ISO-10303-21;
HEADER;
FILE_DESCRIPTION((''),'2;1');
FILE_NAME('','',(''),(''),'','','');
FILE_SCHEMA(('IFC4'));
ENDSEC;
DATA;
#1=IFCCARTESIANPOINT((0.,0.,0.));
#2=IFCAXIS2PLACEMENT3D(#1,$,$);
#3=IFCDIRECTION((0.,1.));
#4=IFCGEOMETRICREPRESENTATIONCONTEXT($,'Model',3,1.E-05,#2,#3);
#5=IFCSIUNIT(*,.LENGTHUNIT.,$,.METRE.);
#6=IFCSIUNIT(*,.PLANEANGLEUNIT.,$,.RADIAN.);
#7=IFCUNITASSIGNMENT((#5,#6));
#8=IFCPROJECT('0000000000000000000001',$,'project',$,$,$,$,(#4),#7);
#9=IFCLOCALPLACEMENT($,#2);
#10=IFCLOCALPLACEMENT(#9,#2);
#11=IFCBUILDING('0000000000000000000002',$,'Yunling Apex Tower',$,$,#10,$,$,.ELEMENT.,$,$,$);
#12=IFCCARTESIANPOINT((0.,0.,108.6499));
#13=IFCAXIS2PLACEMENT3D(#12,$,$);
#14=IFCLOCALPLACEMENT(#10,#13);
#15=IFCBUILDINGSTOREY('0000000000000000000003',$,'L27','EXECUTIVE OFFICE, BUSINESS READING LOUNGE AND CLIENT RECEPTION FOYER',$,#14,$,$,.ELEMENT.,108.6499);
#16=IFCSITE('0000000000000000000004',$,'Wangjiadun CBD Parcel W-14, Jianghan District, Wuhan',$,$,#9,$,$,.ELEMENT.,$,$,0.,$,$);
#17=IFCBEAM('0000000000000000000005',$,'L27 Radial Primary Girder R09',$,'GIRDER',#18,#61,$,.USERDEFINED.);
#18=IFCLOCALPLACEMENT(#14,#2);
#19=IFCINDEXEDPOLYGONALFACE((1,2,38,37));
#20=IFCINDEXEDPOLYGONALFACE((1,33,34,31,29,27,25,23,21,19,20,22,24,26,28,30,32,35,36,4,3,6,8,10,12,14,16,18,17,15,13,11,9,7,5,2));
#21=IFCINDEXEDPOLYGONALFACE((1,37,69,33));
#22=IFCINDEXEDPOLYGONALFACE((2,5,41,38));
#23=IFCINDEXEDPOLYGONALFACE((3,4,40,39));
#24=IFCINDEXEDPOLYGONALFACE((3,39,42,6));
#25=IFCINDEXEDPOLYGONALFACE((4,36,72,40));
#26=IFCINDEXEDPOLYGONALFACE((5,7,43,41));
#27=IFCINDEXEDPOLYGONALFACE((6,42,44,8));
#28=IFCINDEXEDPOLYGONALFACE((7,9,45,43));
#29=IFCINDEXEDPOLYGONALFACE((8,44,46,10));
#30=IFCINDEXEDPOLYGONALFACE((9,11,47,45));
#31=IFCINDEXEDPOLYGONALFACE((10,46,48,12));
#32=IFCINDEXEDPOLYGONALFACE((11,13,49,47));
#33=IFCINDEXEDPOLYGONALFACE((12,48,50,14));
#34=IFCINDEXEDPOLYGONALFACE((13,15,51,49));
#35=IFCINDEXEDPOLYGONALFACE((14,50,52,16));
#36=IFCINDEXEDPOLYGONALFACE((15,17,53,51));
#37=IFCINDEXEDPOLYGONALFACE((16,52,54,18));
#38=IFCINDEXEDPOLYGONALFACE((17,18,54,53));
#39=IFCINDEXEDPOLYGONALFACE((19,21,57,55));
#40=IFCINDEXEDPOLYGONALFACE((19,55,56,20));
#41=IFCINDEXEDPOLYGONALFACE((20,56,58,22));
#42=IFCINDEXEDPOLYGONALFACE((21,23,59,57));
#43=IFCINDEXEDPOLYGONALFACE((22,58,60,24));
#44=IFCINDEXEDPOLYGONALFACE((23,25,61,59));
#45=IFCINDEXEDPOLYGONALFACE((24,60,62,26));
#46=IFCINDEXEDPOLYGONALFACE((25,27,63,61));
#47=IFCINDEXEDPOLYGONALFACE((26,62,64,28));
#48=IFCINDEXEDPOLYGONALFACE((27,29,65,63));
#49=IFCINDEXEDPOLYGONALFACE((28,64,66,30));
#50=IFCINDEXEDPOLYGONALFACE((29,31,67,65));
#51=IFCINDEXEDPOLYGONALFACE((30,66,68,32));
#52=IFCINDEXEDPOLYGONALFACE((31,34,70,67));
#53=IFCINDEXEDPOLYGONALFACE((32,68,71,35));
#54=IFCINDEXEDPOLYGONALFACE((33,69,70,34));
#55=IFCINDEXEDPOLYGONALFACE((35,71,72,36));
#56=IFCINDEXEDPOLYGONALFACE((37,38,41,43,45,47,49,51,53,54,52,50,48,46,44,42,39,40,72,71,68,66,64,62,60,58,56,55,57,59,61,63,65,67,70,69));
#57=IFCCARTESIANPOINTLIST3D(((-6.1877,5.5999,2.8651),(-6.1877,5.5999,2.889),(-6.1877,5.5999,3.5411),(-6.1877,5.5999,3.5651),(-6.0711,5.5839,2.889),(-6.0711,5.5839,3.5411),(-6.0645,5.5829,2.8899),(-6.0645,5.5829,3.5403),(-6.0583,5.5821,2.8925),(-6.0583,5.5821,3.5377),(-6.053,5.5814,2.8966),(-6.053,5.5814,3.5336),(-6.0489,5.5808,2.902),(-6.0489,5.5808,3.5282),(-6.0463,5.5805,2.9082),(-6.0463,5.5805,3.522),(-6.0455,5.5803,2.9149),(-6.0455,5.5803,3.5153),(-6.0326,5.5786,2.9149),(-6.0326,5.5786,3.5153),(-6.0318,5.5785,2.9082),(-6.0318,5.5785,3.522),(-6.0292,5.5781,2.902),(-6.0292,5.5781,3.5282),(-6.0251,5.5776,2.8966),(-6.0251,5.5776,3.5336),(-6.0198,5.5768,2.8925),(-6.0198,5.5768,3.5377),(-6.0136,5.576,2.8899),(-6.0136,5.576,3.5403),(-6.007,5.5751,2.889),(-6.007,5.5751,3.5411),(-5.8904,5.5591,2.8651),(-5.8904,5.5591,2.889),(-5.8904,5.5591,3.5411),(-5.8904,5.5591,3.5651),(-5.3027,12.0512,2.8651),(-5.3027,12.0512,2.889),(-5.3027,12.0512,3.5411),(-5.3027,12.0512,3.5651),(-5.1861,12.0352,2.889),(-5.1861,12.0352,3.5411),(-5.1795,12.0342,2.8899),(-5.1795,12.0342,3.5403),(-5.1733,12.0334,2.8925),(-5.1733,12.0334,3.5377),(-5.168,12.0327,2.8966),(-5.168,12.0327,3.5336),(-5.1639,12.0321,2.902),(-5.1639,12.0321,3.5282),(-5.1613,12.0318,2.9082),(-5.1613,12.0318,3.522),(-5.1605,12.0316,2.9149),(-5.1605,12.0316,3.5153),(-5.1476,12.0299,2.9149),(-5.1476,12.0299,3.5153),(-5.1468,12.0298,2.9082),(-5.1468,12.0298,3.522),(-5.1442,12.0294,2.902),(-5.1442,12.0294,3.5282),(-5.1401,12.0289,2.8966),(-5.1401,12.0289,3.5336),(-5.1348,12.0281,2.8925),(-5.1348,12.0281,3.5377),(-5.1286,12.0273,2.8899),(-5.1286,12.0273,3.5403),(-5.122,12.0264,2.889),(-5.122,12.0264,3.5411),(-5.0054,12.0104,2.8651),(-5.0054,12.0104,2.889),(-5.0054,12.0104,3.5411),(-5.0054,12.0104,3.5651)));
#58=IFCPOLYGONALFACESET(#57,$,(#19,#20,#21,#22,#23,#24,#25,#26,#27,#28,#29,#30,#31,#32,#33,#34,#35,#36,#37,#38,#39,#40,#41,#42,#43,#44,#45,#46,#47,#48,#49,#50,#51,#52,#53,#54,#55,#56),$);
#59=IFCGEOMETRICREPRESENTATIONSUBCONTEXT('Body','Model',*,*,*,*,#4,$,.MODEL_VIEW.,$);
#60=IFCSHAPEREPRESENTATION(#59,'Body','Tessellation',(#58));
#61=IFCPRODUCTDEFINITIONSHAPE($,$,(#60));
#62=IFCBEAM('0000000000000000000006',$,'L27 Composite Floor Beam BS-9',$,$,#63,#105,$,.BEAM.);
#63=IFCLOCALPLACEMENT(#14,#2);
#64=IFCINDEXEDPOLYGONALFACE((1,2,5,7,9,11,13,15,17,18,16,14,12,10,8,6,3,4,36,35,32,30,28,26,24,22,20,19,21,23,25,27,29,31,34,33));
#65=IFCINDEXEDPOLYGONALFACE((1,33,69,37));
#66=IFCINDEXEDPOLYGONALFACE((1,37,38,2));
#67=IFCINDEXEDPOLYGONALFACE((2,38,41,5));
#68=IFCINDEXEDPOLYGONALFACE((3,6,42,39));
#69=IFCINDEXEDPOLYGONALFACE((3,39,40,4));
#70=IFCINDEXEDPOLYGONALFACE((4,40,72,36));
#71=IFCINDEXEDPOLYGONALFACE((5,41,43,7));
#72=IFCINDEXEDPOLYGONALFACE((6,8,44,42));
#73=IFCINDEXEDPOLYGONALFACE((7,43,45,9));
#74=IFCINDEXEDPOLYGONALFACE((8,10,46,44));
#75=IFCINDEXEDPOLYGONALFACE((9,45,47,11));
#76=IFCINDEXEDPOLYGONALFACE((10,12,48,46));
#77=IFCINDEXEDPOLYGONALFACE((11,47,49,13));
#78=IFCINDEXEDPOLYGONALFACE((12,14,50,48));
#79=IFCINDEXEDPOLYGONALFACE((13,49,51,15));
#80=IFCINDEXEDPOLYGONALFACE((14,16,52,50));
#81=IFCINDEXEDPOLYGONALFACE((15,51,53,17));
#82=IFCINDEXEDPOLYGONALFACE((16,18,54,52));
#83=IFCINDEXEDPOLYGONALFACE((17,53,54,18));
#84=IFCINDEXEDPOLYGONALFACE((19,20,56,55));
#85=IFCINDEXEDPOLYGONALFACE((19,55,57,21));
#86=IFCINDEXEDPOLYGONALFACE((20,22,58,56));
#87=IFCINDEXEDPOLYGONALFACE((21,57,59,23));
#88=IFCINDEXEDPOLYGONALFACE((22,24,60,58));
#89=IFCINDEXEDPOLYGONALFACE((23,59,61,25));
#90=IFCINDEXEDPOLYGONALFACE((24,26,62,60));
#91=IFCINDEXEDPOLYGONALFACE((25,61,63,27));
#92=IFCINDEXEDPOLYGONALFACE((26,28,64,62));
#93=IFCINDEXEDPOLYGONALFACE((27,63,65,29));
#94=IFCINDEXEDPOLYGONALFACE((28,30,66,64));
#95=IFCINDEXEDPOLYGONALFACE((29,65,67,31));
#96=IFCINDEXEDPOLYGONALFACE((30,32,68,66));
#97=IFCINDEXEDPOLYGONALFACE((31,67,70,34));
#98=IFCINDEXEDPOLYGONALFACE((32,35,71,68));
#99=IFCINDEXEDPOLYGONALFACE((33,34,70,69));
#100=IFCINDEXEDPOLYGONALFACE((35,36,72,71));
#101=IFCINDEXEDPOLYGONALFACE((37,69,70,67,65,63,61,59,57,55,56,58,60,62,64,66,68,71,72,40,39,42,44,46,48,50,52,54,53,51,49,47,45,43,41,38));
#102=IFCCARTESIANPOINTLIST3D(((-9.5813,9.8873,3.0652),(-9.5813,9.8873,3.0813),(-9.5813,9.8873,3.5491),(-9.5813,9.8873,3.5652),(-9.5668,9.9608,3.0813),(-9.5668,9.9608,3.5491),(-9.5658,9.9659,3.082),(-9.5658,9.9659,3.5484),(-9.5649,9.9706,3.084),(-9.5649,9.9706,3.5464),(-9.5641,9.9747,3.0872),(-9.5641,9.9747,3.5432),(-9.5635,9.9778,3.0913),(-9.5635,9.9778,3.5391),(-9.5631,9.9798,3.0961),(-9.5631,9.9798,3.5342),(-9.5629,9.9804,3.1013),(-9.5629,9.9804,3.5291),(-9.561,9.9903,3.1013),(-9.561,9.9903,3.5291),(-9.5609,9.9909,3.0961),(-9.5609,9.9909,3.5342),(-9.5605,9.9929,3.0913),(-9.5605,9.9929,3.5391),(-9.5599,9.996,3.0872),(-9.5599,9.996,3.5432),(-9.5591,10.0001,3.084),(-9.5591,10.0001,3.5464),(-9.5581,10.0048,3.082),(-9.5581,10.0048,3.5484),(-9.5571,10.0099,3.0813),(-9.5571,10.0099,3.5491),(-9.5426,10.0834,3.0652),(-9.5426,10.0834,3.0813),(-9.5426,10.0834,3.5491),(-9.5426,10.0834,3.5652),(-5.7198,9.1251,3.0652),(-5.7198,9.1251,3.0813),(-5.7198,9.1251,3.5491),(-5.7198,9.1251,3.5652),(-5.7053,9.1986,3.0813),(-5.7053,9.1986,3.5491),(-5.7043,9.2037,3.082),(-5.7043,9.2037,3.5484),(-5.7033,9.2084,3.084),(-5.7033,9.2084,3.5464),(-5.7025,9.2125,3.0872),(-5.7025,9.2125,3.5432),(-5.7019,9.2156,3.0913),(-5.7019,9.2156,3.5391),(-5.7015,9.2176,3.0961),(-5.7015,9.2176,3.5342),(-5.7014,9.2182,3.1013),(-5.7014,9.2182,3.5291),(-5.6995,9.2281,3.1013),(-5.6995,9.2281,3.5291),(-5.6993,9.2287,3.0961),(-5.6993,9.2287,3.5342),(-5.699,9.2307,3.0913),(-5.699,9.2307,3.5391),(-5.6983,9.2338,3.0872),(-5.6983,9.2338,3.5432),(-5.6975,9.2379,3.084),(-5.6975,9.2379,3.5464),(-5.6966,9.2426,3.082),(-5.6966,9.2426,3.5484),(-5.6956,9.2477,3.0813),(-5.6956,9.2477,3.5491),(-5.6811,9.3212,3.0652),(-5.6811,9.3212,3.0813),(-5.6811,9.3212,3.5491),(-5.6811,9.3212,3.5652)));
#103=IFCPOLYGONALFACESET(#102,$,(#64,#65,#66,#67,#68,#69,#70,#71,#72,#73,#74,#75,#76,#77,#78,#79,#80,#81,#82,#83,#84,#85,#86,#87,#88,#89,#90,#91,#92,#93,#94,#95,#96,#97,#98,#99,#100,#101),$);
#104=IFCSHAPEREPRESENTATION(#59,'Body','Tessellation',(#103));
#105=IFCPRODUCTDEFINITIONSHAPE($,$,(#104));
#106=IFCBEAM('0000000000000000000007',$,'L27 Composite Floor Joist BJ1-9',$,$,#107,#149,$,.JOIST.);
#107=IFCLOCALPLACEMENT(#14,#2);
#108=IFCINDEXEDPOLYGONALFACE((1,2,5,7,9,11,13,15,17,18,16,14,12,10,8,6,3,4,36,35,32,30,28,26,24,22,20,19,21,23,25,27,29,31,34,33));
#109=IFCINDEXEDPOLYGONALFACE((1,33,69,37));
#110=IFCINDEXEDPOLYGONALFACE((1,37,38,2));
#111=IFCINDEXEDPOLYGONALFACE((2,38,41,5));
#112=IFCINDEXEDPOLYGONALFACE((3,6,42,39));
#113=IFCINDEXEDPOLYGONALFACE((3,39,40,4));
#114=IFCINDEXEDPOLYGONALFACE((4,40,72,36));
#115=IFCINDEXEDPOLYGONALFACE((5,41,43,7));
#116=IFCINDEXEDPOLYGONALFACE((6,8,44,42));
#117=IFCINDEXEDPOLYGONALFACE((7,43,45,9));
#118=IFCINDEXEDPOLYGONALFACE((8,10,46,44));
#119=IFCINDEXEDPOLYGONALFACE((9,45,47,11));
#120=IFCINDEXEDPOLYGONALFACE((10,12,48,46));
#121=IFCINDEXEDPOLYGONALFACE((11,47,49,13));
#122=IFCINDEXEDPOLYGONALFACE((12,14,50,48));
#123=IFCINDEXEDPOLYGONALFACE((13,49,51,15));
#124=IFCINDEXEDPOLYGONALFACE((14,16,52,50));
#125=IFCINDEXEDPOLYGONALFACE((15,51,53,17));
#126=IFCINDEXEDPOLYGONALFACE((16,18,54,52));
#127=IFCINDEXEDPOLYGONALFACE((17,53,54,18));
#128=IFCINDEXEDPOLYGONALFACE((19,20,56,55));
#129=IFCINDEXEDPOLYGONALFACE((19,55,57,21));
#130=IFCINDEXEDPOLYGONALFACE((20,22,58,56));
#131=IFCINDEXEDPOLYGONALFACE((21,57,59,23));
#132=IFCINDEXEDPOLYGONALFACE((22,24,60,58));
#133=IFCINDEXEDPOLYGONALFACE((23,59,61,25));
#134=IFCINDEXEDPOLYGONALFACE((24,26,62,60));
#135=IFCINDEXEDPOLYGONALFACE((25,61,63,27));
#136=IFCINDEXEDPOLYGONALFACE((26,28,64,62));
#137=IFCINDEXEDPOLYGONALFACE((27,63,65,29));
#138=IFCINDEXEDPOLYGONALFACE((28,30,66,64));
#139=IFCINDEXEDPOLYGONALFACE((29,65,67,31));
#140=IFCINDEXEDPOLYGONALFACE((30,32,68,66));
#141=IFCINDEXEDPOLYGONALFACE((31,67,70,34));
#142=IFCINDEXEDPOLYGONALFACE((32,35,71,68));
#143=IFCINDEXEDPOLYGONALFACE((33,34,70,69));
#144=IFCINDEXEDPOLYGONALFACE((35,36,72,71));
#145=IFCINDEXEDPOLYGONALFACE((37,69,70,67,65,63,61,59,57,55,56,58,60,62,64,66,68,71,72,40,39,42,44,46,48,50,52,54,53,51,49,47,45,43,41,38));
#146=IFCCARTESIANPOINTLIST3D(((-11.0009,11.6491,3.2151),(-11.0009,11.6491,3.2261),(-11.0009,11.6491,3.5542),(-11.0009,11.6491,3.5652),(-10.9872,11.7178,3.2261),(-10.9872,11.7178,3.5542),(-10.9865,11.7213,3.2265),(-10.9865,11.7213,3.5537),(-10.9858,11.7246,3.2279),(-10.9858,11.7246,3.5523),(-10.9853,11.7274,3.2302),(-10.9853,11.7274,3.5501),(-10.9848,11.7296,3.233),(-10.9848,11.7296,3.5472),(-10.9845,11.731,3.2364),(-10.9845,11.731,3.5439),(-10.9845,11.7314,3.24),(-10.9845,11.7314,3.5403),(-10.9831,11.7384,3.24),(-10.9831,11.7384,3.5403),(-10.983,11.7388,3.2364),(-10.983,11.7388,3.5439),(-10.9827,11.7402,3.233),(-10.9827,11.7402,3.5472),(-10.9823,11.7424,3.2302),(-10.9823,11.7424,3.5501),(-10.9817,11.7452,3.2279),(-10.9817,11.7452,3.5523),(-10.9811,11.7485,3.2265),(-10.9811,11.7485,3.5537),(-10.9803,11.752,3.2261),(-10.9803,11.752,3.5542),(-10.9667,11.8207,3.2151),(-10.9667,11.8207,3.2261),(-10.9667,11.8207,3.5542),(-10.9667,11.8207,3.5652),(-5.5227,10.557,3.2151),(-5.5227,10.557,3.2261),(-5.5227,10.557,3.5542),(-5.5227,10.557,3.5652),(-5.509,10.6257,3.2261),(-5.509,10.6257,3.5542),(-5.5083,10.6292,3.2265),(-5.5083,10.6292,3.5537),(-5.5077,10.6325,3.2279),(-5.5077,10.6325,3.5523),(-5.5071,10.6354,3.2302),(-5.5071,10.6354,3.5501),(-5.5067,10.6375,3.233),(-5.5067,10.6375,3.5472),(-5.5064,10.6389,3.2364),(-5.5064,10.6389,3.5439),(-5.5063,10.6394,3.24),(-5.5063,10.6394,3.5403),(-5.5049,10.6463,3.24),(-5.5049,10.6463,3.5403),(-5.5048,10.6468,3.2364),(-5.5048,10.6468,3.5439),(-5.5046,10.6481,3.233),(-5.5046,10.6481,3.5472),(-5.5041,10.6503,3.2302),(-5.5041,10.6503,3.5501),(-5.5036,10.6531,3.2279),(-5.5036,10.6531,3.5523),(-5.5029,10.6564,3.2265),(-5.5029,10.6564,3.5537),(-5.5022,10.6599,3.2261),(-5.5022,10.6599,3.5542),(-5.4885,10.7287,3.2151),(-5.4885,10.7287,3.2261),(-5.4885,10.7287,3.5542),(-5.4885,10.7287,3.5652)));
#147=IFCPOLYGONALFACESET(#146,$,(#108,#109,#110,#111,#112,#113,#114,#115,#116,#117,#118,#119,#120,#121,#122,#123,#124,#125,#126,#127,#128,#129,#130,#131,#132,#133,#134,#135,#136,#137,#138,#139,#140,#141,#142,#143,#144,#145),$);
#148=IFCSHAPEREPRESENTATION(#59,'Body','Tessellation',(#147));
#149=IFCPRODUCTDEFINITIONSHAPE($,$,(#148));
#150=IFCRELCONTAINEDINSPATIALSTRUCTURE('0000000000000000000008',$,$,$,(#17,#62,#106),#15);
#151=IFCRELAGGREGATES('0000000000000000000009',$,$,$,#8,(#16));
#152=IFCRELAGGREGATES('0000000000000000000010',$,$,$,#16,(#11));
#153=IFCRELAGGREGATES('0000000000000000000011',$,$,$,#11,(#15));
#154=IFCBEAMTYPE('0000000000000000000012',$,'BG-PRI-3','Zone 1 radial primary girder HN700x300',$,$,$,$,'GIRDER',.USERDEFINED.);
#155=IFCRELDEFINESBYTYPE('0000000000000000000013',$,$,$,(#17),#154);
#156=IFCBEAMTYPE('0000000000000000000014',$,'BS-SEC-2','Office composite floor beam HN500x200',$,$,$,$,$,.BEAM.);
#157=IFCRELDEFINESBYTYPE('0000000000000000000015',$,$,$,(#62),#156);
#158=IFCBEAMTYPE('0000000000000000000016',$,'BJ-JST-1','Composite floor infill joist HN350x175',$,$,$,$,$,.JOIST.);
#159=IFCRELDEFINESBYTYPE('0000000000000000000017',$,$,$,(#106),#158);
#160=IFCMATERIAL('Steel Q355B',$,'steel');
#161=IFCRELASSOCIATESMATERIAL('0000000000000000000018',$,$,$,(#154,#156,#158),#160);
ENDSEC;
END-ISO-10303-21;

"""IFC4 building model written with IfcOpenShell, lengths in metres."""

from ifc_helpers import new_model, si_unit, direction, frame, origin, origin_2d, place, context, subcontext, project, spatial, i_section, extrude, source, transform, mapped, material, material_profile, profile_set, type_object, element, save


model = new_model("IFC4")

# Units and contexts
model_context = context("Model", 3, precision=1e-05, world=origin(), true_north=direction((0.0, 1.0)))
body_context = subcontext(model_context, "Body", "Model", "MODEL_VIEW")
ifc_project = project(units=[si_unit("LENGTHUNIT", "METRE"), si_unit("PLANEANGLEUNIT", "RADIAN")], contexts=[model_context])

# Site, building, storey
site_placement = place(None, origin())
site = spatial("IfcSite", under=ifc_project, at=site_placement, Name="Wangjiadun CBD Parcel W-14, Jianghan District, Wuhan", CompositionType="ELEMENT", RefElevation=0.0)
building_placement = place(site_placement, origin())
building = spatial("IfcBuilding", under=site, at=building_placement, Name="Yunling Apex Tower", CompositionType="ELEMENT")
storey_placement = place(building_placement, frame((0.0, 0.0, 108.6499)))
storey = spatial("IfcBuildingStorey", under=building, at=storey_placement, Name="L27", Description="EXECUTIVE OFFICE, BUSINESS READING LOUNGE AND CLIENT RECEPTION FOYER", CompositionType="ELEMENT", Elevation=108.6499)

# Beams
ifc_material_1 = material(Name="Steel Q355B", Category="steel")
ifc_material_profile_1 = material_profile(ifc_material_1, i_section(OverallWidth=0.3, OverallDepth=0.7, WebThickness=0.0129, FlangeThickness=0.0239, FilletRadius=0.0259, at=origin_2d()))
ifc_profile_set_1 = profile_set([ifc_material_profile_1], Name="Steel Q355B")
beam_type_1 = type_object("IfcBeamType", Name="BG-PRI-3", Description="Zone 1 radial primary girder HN700x300", ElementType="GIRDER", PredefinedType="USERDEFINED", material=ifc_profile_set_1)
shared_shape_1 = source(origin(), body_context, "Body", "SweptSolid", [
    extrude(i_section(OverallWidth=0.3, OverallDepth=0.7, WebThickness=0.0129, FlangeThickness=0.0239, FilletRadius=0.0259, at=origin_2d()), origin(), (0.0, 0.0, 1.0), 6.5117),
])
beam_1_placement = place(storey_placement, frame((-5.1541, 12.0308, 3.2151), z_axis=(-0.135908, -0.990721, 0.0), x_axis=(0.990721, -0.135908, 0.0)))
element("IfcBeam", 1, at=beam_1_placement, inside=storey, type_object=beam_type_1, Name="L27 Radial Primary Girder R09", ObjectType="GIRDER", PredefinedType="USERDEFINED", context=body_context, shape_type="MappedRepresentation", body=[
    mapped(shared_shape_1, transform((0.0, 0.0, 0.0), scale=1.0)),
])
ifc_material_profile_2 = material_profile(ifc_material_1, i_section(OverallWidth=0.2, OverallDepth=0.5, WebThickness=0.01, FlangeThickness=0.0161, FilletRadius=0.02, at=origin_2d()))
ifc_profile_set_2 = profile_set([ifc_material_profile_2], Name="Steel Q355B")
beam_type_2 = type_object("IfcBeamType", Name="BS-SEC-2", Description="Office composite floor beam HN500x200", PredefinedType="BEAM", material=ifc_profile_set_2)
shared_shape_2 = source(origin(), body_context, "Body", "SweptSolid", [
    extrude(i_section(OverallWidth=0.2, OverallDepth=0.5, WebThickness=0.01, FlangeThickness=0.0161, FilletRadius=0.02, at=origin_2d()), origin(), (0.0, 0.0, 1.0), 3.936),
])
beam_2_placement = place(storey_placement, frame((-5.7004, 9.2231, 3.3152), z_axis=(-0.981071, 0.193646, 0.0), x_axis=(-0.193646, -0.981071, 0.0)))
element("IfcBeam", 2, at=beam_2_placement, inside=storey, type_object=beam_type_2, Name="L27 Composite Floor Beam BS-9", PredefinedType="BEAM", context=body_context, shape_type="MappedRepresentation", body=[
    mapped(shared_shape_2, transform((0.0, 0.0, 0.0), scale=1.0)),
])
ifc_material_profile_3 = material_profile(ifc_material_1, i_section(OverallWidth=0.175, OverallDepth=0.3501, WebThickness=0.0071, FlangeThickness=0.011, FilletRadius=0.0139, at=origin_2d()))
ifc_profile_set_3 = profile_set([ifc_material_profile_3], Name="Steel Q355B")
beam_type_3 = type_object("IfcBeamType", Name="BJ-JST-1", Description="Composite floor infill joist HN350x175", PredefinedType="JOIST", material=ifc_profile_set_3)
shared_shape_3 = source(origin(), body_context, "Body", "SweptSolid", [
    extrude(i_section(OverallWidth=0.175, OverallDepth=0.3501, WebThickness=0.0071, FlangeThickness=0.011, FilletRadius=0.0139, at=origin_2d()), origin(), (0.0, 0.0, 1.0), 5.5859),
])
beam_3_placement = place(storey_placement, frame((-5.5056, 10.6428, 3.3901), z_axis=(-0.980703, 0.195503, 0.0), x_axis=(-0.195503, -0.980703, 0.0)))
element("IfcBeam", 3, at=beam_3_placement, inside=storey, type_object=beam_type_3, Name="L27 Composite Floor Joist BJ1-9", PredefinedType="JOIST", context=body_context, shape_type="MappedRepresentation", body=[
    mapped(shared_shape_3, transform((0.0, 0.0, 0.0), scale=1.0)),
])

save(model, "model.ifc")
